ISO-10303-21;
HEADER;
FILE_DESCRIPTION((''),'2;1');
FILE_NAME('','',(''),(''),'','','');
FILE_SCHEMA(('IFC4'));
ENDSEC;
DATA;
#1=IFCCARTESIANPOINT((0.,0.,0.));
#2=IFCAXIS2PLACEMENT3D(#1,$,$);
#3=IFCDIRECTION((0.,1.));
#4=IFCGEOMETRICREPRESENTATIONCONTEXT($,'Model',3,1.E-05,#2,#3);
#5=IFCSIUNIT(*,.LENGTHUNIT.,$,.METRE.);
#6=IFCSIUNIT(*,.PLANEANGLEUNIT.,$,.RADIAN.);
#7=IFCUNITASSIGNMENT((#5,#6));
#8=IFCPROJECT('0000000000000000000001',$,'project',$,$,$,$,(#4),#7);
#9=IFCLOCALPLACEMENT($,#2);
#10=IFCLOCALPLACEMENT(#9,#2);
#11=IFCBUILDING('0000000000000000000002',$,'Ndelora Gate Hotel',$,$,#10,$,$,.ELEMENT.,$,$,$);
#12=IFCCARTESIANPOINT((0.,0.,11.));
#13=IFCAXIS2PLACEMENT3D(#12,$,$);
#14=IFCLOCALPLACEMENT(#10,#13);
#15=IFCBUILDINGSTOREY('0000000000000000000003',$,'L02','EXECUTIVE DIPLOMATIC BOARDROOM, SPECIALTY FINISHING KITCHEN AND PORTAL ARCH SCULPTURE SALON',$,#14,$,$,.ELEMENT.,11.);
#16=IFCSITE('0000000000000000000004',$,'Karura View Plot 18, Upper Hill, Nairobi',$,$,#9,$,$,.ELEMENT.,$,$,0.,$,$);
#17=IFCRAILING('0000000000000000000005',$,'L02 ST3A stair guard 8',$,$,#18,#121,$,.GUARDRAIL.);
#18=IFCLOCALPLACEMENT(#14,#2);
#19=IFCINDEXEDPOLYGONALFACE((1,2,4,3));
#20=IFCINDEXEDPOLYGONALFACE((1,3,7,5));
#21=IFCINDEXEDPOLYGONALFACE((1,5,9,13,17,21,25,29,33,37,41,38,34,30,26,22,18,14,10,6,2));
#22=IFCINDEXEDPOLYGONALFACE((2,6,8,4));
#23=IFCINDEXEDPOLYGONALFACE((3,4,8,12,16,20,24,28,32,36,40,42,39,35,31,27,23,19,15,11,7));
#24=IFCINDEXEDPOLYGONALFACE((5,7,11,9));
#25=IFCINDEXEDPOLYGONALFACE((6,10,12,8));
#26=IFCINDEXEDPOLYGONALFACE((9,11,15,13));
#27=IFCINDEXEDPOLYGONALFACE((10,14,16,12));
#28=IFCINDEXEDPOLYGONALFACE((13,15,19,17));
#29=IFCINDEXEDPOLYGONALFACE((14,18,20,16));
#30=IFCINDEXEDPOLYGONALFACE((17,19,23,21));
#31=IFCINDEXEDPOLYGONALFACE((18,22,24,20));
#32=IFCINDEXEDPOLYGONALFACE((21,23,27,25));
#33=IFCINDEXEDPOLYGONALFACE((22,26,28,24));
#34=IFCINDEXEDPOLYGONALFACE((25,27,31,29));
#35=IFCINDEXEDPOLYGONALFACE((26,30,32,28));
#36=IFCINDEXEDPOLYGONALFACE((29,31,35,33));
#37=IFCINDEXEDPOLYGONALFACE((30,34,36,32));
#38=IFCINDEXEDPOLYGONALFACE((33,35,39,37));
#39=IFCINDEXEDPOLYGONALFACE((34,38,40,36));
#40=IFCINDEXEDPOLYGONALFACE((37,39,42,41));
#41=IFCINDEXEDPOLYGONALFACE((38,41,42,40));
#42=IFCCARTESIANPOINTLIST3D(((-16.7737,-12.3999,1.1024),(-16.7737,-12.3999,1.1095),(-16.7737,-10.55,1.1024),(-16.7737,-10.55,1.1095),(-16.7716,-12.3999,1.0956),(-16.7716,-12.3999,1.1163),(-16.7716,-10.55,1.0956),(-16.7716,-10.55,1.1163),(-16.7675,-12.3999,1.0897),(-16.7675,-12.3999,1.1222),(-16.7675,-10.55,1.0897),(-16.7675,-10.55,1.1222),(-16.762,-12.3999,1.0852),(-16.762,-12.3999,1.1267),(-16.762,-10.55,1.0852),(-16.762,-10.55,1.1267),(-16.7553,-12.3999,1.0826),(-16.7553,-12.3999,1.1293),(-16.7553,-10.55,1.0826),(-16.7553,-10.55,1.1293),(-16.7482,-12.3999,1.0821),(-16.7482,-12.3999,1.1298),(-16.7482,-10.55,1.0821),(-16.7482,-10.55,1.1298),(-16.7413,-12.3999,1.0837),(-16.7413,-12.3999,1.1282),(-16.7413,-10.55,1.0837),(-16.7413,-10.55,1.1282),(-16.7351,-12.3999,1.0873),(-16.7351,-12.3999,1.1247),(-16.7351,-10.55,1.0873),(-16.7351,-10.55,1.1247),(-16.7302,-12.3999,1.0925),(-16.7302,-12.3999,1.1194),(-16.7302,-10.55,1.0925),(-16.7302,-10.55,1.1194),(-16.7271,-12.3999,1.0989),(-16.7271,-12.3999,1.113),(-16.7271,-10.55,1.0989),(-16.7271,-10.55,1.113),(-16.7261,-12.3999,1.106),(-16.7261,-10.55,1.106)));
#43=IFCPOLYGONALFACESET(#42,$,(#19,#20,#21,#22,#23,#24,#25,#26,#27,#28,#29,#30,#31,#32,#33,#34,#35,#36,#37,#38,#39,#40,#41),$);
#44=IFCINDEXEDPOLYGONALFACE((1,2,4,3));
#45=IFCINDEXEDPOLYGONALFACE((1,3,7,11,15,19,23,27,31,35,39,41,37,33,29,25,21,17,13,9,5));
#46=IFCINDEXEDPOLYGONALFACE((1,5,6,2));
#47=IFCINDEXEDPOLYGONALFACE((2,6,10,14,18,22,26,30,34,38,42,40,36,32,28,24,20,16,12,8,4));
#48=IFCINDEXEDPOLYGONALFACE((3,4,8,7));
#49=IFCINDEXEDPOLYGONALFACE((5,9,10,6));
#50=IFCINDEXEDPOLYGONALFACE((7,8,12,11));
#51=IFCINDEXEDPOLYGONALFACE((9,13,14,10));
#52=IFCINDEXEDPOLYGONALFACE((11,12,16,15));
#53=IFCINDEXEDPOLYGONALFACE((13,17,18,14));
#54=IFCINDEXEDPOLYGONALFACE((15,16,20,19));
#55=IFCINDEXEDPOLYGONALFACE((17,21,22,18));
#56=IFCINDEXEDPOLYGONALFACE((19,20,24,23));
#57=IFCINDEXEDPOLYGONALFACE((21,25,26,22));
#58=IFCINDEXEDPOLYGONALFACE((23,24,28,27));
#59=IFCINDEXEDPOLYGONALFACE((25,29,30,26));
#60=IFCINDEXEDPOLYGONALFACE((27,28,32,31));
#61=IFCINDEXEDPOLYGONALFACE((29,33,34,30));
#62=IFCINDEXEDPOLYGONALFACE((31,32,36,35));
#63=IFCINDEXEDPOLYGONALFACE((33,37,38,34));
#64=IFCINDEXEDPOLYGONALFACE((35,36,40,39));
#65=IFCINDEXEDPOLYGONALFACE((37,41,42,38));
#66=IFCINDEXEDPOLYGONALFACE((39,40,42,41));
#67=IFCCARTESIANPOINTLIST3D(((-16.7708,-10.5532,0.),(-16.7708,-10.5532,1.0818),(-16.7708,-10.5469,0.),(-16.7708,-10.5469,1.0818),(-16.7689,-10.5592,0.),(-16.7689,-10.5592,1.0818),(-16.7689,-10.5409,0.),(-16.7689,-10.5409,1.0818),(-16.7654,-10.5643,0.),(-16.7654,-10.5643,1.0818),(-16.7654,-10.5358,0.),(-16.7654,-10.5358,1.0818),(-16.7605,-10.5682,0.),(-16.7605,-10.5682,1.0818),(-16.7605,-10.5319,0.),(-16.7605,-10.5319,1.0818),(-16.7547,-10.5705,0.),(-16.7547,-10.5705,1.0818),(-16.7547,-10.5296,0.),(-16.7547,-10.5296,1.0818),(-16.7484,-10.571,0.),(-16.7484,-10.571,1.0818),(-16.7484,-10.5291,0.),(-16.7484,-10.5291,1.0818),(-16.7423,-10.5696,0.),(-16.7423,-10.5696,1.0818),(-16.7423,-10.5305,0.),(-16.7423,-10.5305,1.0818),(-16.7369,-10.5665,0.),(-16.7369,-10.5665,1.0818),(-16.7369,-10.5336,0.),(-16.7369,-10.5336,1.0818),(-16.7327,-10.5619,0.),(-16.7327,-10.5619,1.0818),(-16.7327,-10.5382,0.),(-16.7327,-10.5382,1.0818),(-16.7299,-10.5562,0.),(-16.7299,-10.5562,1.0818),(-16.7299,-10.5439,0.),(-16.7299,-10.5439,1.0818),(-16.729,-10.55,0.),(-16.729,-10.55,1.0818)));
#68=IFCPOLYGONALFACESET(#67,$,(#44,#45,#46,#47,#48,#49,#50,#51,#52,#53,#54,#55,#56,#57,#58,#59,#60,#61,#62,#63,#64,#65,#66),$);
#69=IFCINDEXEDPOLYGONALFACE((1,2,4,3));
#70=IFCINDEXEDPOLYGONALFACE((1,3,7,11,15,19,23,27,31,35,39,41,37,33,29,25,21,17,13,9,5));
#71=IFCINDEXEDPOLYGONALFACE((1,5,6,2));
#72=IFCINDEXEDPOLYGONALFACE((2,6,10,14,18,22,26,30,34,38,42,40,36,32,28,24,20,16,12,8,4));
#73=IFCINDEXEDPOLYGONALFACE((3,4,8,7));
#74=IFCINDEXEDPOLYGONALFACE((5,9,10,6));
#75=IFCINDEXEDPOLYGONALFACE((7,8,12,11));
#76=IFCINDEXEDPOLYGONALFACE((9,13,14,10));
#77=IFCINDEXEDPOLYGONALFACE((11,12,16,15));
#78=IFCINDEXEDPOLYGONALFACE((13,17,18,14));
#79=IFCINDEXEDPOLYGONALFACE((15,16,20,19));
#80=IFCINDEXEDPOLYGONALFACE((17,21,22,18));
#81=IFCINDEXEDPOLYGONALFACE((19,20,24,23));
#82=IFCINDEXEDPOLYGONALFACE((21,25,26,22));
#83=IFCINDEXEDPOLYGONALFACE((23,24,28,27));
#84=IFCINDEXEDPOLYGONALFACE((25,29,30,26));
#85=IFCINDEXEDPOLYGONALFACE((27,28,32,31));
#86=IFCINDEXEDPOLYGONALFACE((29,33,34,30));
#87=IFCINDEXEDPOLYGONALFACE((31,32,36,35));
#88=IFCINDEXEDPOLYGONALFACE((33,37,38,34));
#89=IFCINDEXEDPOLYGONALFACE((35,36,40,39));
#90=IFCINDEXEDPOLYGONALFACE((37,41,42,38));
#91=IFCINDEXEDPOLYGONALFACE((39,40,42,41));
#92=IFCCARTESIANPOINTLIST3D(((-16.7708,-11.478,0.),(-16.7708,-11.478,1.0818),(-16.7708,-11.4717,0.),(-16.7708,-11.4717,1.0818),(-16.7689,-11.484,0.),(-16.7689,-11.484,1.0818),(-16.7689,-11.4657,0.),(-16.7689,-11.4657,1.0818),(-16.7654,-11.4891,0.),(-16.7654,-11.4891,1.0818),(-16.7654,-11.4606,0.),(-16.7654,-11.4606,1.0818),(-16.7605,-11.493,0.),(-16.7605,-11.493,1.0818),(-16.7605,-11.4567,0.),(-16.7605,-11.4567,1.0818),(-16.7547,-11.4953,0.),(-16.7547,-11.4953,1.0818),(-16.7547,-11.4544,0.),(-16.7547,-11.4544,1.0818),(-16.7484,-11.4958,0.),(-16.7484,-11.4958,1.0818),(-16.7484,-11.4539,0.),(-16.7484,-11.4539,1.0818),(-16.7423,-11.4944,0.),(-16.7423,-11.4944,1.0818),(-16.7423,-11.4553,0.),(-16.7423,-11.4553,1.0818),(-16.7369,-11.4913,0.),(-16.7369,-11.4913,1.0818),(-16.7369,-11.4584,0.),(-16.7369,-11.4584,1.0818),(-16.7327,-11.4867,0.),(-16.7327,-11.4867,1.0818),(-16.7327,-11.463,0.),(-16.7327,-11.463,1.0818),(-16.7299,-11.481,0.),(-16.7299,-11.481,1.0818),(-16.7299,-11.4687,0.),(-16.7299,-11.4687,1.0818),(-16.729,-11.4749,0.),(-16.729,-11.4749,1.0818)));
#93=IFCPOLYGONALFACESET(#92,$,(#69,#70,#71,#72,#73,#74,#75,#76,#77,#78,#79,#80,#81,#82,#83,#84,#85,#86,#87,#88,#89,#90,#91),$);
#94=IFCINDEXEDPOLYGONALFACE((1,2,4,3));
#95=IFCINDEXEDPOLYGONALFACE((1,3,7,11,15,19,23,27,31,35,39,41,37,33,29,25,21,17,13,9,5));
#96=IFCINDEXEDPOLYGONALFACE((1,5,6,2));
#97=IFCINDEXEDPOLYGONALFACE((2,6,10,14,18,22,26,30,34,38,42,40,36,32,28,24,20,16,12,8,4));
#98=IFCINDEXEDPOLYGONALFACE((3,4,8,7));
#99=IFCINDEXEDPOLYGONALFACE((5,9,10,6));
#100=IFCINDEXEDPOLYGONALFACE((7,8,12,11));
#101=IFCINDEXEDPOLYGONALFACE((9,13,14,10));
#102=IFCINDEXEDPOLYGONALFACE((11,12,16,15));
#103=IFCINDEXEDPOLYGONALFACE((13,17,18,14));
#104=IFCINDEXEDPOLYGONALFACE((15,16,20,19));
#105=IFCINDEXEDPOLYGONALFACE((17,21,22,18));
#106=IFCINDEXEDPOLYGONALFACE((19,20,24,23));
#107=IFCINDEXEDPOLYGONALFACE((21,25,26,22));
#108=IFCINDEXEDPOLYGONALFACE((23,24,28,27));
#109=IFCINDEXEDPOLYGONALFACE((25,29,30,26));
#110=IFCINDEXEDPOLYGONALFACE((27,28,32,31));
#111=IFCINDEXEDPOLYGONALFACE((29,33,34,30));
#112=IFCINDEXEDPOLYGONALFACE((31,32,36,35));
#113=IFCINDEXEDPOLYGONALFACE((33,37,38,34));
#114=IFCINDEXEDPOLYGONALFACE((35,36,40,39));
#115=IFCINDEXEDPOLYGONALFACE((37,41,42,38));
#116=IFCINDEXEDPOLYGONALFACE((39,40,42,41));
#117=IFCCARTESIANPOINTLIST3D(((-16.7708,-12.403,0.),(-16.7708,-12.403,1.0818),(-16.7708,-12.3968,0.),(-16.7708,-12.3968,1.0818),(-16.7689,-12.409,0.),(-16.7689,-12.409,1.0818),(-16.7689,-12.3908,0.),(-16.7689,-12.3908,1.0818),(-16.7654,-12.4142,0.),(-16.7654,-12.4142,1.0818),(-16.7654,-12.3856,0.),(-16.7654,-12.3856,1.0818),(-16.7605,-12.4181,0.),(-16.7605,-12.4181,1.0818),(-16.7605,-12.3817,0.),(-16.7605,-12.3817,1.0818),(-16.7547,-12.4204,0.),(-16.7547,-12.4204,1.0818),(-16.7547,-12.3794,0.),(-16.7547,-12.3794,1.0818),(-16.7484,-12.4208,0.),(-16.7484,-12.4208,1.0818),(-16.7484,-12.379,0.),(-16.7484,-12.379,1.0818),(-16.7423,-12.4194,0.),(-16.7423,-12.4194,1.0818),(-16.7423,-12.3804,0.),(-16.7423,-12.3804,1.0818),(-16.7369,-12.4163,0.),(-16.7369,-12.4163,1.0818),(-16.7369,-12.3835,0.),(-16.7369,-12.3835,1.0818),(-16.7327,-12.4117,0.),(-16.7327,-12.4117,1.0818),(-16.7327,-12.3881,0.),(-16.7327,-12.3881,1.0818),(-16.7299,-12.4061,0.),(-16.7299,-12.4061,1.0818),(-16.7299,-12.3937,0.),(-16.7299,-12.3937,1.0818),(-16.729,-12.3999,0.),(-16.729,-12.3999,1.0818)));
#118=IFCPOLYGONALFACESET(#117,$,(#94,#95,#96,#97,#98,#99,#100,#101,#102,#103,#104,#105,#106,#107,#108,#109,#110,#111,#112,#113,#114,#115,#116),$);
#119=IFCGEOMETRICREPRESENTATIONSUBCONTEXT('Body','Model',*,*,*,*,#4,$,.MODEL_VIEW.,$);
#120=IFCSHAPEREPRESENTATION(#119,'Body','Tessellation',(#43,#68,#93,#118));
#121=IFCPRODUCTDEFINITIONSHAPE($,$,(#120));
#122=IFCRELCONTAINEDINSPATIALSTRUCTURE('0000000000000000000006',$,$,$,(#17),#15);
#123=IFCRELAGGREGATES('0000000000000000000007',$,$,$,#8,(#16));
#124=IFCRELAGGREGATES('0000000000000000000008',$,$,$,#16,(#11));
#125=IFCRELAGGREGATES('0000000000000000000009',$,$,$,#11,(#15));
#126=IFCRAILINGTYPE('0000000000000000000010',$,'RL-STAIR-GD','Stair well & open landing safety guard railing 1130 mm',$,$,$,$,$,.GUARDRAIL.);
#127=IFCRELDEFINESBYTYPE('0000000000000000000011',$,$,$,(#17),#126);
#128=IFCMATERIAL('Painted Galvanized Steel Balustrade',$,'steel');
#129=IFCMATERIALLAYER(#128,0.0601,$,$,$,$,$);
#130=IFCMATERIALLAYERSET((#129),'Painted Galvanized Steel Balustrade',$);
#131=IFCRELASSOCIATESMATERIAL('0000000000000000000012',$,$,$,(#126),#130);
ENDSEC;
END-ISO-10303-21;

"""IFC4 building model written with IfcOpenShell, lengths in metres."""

from ifc_helpers import new_model, si_unit, direction, frame, origin, origin_2d, place, context, subcontext, project, spatial, circle, extrude, material, layer, layer_set, type_object, element, save


model = new_model("IFC4")

# Units and contexts
model_context = context("Model", 3, precision=1e-05, world=origin(), true_north=direction((0.0, 1.0)))
body_context = subcontext(model_context, "Body", "Model", "MODEL_VIEW")
ifc_project = project(units=[si_unit("LENGTHUNIT", "METRE"), si_unit("PLANEANGLEUNIT", "RADIAN")], contexts=[model_context])

# Site, building, storey
site_placement = place(None, origin())
site = spatial("IfcSite", under=ifc_project, at=site_placement, Name="Karura View Plot 18, Upper Hill, Nairobi", CompositionType="ELEMENT", RefElevation=0.0)
building_placement = place(site_placement, origin())
building = spatial("IfcBuilding", under=site, at=building_placement, Name="Ndelora Gate Hotel", CompositionType="ELEMENT")
storey_placement = place(building_placement, frame((0.0, 0.0, 11.0)))
storey = spatial("IfcBuildingStorey", under=building, at=storey_placement, Name="L02", Description="EXECUTIVE DIPLOMATIC BOARDROOM, SPECIALTY FINISHING KITCHEN AND PORTAL ARCH SCULPTURE SALON", CompositionType="ELEMENT", Elevation=11.0)

# Railing
ifc_material_1 = material(Name="Painted Galvanized Steel Balustrade", Category="steel")
ifc_layer_1 = layer(ifc_material_1, 0.0601)
ifc_layer_set_1 = layer_set([ifc_layer_1], Name="Painted Galvanized Steel Balustrade")
railing_type_1 = type_object("IfcRailingType", Name="RL-STAIR-GD", Description="Stair well & open landing safety guard railing 1130 mm", PredefinedType="GUARDRAIL", material=ifc_layer_set_1)
for number, where, name in (
    (1, (-16.75, -10.55, 0.0), "L02 ST3A stair guard 8"),
):
    element("IfcRailing", number, at=place(storey_placement, frame(where)), inside=storey, type_object=railing_type_1, Name=name, PredefinedType="GUARDRAIL", context=body_context, shape_type="SweptSolid", body=[
        extrude(circle(Radius=0.0239, at=origin_2d()), frame((0.0, 0.0, 1.106), z_axis=(0.0, -1.0, 0.0), x_axis=(1.0, 0.0, 0.0)), (0.0, 0.0, 1.0), 1.8499),
        extrude(circle(Radius=0.021, at=origin_2d()), origin(), (0.0, 0.0, 1.0), 1.0818),
        extrude(circle(Radius=0.021, at=origin_2d()), frame((0.0, -0.9248, 0.0)), (0.0, 0.0, 1.0), 1.0818),
        extrude(circle(Radius=0.021, at=origin_2d()), frame((0.0, -1.8499, 0.0)), (0.0, 0.0, 1.0), 1.0818),
    ])

save(model, "model.ifc")
